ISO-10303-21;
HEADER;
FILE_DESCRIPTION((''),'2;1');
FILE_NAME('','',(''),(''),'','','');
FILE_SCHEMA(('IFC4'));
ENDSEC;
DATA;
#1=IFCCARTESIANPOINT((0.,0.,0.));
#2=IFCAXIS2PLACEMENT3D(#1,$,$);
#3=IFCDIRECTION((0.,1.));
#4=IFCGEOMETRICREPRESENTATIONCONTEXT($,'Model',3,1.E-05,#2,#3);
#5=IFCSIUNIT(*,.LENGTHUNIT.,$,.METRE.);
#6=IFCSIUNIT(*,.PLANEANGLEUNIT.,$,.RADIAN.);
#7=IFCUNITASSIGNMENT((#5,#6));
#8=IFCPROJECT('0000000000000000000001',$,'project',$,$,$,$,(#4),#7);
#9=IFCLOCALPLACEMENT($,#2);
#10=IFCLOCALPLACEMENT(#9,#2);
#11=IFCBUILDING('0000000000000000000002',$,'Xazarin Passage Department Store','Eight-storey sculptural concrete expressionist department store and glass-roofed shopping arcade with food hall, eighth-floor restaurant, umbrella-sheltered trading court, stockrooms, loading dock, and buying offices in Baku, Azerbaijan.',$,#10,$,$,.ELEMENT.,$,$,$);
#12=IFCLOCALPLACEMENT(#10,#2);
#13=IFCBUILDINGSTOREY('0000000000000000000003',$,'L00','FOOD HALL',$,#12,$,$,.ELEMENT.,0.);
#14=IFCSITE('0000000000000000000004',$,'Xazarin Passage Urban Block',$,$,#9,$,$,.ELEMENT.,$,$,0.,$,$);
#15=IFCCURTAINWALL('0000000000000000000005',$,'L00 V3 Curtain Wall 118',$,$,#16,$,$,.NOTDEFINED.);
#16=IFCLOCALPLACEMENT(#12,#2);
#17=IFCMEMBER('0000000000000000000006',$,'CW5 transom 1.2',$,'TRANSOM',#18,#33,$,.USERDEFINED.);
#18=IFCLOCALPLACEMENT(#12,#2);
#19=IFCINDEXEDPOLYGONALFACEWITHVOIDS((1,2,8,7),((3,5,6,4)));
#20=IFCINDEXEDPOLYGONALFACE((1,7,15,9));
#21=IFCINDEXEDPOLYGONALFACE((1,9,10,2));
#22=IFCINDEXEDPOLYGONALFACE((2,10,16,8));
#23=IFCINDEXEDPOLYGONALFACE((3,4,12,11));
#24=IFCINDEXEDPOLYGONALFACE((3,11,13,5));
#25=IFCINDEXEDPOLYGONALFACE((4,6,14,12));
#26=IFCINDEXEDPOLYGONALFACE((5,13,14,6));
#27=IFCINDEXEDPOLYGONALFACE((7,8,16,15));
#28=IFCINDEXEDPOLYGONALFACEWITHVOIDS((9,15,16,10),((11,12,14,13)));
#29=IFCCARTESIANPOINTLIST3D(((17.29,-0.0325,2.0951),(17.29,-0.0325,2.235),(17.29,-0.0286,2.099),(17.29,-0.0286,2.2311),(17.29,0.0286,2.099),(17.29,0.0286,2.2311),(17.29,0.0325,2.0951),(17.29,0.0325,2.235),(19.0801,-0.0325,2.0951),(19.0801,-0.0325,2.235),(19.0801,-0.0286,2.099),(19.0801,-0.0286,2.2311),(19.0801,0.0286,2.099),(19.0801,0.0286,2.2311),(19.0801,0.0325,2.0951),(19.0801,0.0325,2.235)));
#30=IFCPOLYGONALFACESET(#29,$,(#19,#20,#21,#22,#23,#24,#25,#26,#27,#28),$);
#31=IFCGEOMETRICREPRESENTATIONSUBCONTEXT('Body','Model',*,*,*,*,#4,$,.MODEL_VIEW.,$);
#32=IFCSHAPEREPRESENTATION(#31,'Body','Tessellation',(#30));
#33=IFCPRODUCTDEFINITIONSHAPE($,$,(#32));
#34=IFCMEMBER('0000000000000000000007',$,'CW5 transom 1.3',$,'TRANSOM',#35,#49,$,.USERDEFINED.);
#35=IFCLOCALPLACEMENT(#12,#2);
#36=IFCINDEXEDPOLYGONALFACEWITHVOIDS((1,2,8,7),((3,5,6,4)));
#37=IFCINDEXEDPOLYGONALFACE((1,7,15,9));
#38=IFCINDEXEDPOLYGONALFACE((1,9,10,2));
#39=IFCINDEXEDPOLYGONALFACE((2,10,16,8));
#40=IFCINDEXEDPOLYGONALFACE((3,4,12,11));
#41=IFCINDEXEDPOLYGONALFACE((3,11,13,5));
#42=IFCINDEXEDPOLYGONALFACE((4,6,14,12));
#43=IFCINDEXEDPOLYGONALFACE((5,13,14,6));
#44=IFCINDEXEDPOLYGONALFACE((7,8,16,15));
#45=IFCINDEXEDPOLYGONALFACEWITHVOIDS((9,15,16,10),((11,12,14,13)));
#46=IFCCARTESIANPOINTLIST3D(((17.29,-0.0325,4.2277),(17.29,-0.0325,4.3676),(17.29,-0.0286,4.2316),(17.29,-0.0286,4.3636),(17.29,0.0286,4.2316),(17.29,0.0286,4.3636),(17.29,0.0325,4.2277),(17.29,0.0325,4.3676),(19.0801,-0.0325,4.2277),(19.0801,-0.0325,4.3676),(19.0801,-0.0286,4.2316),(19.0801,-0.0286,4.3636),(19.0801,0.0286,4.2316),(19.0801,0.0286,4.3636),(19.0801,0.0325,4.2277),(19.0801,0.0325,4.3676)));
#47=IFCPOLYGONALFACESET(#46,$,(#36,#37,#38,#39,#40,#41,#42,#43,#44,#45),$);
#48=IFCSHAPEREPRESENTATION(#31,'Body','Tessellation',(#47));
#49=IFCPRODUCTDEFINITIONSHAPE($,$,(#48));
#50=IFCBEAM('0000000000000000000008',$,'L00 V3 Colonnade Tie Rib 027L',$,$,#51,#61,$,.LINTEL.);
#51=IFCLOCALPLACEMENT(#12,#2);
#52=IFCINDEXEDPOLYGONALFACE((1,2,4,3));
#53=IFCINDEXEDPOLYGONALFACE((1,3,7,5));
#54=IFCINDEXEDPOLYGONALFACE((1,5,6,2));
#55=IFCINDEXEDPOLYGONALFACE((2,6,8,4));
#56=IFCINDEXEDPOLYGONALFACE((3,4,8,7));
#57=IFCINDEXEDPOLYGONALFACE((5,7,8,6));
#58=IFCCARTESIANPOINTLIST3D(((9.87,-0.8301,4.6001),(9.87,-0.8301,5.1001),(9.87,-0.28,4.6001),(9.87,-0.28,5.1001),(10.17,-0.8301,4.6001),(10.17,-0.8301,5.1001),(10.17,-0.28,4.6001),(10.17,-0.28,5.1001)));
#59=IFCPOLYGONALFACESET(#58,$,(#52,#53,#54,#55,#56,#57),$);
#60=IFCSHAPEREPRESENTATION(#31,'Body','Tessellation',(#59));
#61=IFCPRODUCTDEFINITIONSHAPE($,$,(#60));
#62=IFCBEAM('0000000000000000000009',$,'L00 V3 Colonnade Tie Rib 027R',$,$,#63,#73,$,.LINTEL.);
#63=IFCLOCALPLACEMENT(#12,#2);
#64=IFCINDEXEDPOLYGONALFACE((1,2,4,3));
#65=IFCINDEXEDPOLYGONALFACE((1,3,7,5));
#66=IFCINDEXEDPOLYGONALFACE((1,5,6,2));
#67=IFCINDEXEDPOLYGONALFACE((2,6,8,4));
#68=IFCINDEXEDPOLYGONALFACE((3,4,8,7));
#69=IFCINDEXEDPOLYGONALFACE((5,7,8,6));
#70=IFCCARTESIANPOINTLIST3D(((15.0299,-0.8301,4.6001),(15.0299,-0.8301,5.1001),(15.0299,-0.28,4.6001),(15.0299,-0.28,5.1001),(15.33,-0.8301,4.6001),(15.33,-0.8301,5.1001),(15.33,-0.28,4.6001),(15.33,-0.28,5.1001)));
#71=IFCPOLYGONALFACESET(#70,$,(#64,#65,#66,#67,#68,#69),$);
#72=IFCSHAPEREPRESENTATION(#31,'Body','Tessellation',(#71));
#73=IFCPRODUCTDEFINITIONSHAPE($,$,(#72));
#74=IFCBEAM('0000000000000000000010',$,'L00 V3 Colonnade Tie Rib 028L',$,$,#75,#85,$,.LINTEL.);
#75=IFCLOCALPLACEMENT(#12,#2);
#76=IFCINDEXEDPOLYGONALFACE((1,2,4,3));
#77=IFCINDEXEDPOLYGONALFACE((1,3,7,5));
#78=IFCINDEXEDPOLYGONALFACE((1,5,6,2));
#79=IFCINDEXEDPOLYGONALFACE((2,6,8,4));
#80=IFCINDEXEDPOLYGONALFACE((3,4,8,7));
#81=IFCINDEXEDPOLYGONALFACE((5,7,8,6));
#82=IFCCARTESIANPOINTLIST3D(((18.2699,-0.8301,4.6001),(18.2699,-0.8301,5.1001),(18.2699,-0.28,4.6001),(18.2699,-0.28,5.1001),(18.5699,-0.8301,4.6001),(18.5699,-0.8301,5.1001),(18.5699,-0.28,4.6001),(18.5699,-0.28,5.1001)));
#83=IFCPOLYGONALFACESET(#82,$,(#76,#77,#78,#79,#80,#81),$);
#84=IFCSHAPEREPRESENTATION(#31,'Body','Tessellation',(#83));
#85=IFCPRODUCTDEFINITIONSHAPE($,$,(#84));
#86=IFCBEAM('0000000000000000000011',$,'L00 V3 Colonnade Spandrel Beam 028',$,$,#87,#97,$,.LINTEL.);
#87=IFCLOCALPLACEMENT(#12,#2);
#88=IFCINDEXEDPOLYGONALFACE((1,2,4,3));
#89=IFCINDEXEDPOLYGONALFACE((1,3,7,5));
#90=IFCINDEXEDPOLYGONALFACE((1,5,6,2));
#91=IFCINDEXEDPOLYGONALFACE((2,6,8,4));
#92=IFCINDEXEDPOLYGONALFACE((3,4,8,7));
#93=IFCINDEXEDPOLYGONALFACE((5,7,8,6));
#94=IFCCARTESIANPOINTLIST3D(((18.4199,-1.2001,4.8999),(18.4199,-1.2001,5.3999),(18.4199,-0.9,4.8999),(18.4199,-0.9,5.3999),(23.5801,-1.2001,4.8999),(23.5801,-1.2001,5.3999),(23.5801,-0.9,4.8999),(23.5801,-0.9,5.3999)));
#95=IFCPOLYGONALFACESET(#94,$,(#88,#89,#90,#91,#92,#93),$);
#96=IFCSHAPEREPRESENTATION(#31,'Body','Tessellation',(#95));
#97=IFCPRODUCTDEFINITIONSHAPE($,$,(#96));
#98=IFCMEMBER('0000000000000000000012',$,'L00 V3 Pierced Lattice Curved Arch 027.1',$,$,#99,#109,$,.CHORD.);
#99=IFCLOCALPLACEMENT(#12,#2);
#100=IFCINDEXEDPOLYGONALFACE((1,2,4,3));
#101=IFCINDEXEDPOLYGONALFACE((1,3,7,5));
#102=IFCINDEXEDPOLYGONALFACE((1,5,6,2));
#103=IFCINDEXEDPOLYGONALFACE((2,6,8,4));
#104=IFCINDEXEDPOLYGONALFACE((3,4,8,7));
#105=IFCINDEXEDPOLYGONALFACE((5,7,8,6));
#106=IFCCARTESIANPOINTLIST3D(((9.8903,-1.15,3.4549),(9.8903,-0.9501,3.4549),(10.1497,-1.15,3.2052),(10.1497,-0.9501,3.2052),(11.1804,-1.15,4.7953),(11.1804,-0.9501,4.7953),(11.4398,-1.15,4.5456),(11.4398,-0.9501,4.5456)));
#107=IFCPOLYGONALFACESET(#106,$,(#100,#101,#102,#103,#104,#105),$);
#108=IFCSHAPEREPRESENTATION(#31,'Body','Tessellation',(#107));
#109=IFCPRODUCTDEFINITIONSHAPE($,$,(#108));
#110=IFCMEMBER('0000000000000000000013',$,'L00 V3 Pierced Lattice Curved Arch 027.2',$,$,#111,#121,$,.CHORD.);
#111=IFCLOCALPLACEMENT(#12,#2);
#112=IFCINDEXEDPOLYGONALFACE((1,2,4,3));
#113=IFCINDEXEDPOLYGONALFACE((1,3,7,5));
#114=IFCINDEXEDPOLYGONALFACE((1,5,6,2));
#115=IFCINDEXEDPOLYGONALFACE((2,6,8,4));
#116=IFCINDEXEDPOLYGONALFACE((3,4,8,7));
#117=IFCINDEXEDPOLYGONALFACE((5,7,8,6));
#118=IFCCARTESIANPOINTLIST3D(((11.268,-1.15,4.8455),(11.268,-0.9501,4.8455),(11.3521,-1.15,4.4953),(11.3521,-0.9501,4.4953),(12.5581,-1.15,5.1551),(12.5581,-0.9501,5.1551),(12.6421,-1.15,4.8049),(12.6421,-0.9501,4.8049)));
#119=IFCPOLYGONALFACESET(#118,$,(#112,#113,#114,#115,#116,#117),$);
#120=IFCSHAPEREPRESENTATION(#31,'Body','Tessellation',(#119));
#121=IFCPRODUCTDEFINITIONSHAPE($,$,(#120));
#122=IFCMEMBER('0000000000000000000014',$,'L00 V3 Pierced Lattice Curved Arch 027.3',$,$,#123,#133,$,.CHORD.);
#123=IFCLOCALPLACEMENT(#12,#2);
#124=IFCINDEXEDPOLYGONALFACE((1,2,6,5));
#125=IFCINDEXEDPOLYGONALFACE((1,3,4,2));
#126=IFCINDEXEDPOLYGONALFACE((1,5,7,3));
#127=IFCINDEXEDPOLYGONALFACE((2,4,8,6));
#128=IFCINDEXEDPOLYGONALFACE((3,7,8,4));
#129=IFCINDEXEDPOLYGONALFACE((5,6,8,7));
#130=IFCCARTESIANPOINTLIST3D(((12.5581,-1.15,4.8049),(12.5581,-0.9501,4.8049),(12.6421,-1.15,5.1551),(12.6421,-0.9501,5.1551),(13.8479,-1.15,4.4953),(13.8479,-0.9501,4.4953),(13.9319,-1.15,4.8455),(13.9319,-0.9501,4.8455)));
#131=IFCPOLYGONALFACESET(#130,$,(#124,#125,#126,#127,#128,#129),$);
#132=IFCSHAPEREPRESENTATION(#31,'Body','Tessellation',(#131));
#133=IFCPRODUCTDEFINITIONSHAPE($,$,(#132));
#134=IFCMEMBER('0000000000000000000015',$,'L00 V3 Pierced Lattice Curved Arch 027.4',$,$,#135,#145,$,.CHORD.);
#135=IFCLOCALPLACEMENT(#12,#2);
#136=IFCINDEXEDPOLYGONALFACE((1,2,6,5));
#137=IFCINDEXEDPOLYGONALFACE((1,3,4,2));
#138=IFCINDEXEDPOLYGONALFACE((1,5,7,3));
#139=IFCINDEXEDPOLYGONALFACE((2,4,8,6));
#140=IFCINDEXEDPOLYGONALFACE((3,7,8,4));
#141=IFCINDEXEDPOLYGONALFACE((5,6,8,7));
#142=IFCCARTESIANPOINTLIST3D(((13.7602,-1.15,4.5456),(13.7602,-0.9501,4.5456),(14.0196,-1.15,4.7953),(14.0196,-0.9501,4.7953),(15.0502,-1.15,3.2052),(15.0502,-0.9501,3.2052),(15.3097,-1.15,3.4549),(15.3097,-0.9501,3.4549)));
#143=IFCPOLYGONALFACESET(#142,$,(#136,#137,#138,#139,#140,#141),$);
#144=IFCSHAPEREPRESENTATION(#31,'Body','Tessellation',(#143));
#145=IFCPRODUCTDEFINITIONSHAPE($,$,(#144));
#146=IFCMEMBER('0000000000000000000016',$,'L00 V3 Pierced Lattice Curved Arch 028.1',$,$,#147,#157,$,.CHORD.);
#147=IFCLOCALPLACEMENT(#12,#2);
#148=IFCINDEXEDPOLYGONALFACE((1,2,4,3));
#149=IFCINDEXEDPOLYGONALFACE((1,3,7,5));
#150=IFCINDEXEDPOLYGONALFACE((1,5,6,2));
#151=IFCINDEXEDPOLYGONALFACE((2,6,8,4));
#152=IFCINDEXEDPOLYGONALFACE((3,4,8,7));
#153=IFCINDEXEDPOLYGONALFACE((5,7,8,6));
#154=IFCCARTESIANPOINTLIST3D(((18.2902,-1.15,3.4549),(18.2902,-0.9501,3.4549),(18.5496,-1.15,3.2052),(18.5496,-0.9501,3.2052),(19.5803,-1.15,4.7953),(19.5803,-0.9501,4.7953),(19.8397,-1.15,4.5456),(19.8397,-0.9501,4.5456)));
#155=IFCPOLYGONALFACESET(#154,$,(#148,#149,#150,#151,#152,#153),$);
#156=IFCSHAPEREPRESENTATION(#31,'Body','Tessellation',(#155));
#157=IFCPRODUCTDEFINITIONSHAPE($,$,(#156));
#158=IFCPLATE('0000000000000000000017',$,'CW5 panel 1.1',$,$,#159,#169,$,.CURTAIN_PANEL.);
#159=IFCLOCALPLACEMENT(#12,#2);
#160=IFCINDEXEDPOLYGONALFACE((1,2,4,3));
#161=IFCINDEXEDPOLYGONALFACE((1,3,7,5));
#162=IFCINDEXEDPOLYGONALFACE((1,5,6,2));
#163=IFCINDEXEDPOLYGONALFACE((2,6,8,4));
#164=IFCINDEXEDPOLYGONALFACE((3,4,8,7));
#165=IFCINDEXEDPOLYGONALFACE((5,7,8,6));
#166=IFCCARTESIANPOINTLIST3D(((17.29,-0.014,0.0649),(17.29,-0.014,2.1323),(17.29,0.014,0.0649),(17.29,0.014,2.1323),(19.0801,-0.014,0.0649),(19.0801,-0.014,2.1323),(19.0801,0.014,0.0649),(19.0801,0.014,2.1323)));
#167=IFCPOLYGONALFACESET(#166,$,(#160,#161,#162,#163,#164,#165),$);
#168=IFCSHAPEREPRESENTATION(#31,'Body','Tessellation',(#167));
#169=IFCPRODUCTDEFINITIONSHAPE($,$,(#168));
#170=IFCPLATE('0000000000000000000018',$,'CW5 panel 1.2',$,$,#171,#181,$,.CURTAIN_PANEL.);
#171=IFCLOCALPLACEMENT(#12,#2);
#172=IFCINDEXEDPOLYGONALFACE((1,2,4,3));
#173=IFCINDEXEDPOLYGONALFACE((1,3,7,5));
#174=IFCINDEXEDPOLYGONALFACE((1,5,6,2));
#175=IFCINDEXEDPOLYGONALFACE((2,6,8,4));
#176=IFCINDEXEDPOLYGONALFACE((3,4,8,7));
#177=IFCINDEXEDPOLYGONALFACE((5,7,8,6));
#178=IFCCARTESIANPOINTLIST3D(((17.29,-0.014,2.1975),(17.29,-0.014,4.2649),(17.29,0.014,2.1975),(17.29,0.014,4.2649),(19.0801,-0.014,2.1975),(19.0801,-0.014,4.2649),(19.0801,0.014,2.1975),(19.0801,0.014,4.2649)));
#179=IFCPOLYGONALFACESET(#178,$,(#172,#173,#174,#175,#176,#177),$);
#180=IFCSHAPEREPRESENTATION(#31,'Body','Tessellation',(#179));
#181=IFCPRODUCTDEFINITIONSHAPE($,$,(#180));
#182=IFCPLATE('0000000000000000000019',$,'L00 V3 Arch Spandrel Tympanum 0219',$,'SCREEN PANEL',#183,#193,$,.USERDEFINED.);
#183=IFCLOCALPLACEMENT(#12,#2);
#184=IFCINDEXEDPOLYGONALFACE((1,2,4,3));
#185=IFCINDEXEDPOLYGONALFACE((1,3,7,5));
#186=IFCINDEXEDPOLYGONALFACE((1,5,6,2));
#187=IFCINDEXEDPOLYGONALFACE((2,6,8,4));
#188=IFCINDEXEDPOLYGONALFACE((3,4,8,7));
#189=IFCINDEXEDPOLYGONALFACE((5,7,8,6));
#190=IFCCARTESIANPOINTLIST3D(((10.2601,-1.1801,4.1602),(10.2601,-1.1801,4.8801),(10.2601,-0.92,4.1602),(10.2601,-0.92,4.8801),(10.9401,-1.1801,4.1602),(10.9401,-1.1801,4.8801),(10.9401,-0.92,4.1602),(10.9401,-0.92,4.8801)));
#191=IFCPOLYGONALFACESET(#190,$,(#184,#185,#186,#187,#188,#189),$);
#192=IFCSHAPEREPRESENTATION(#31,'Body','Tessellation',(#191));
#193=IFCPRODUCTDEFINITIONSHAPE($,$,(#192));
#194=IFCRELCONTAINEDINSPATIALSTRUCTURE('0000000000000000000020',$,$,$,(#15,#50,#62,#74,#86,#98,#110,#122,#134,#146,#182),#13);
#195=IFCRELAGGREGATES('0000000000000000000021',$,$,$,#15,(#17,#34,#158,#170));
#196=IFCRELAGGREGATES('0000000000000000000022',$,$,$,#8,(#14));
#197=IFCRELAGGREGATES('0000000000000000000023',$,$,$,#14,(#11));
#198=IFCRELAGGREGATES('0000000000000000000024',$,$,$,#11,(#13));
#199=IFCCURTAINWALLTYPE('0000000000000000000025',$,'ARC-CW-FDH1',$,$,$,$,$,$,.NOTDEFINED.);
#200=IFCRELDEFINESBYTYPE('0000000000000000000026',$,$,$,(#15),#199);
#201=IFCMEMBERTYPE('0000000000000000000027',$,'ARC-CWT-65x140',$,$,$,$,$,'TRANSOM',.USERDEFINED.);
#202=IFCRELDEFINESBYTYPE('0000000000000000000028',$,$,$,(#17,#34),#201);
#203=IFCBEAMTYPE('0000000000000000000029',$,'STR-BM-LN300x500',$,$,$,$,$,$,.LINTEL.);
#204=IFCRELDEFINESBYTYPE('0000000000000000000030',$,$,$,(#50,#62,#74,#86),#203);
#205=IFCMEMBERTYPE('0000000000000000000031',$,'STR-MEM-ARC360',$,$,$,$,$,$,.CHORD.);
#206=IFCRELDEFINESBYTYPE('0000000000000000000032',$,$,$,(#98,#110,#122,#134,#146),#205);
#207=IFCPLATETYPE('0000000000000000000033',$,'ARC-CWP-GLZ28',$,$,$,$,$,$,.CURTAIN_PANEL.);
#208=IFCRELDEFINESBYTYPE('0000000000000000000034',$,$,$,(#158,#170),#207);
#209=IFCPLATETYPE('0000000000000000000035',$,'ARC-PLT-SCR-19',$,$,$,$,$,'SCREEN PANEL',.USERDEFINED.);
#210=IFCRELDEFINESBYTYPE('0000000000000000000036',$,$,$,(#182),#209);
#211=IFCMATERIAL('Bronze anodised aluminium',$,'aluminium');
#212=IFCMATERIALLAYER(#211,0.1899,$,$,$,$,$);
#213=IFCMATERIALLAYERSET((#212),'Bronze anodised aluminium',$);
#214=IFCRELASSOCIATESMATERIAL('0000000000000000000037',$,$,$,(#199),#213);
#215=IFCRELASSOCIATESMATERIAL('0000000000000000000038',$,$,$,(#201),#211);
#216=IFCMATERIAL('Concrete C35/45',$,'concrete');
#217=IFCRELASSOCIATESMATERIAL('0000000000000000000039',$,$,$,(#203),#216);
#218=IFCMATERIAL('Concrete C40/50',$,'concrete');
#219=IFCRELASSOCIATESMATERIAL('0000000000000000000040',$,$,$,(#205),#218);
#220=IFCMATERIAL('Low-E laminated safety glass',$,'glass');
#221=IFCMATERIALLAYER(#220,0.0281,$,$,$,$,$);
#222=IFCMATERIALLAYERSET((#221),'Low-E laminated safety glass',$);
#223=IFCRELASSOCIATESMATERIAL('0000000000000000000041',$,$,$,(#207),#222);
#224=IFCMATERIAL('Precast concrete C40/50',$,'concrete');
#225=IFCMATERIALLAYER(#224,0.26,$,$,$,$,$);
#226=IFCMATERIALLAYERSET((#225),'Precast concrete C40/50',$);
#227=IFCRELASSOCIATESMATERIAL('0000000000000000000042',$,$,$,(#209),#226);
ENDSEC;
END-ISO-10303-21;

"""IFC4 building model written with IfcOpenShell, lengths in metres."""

from ifc_helpers import new_model, si_unit, direction, frame, origin, origin_2d, place, context, subcontext, project, spatial, rectangle, hollow_rectangle, extrude, material, layer, layer_set, material_profile, profile_set, type_object, element, aggregate, save


model = new_model("IFC4")

# Units and contexts
model_context = context("Model", 3, precision=1e-05, world=origin(), true_north=direction((0.0, 1.0)))
body_context = subcontext(model_context, "Body", "Model", "MODEL_VIEW")
ifc_project = project(units=[si_unit("LENGTHUNIT", "METRE"), si_unit("PLANEANGLEUNIT", "RADIAN")], contexts=[model_context])

# Site, building, storey
site_placement = place(None, origin())
site = spatial("IfcSite", under=ifc_project, at=site_placement, Name="Xazarin Passage Urban Block", CompositionType="ELEMENT", RefElevation=0.0)
building_placement = place(site_placement, origin())
building = spatial("IfcBuilding", under=site, at=building_placement, Name="Xazarin Passage Department Store", Description="Eight-storey sculptural concrete expressionist department store and glass-roofed shopping arcade with food hall, eighth-floor restaurant, umbrella-sheltered trading court, stockrooms, loading dock, and buying offices in Baku, Azerbaijan.", CompositionType="ELEMENT")
storey_placement = place(building_placement, origin())
storey = spatial("IfcBuildingStorey", under=building, at=storey_placement, Name="L00", Description="FOOD HALL", CompositionType="ELEMENT", Elevation=0.0)

# Shared definitions
ifc_material_1 = material(Name="Concrete C35/45", Category="concrete")

# Shared definitions
ifc_material_2 = material(Name="Concrete C40/50", Category="concrete")

# Curtain wall, members
ifc_material_3 = material(Name="Bronze anodised aluminium", Category="aluminium")
ifc_layer_1 = layer(ifc_material_3, 0.1899)
ifc_layer_set_1 = layer_set([ifc_layer_1], Name="Bronze anodised aluminium")
curtain_wall_type = type_object("IfcCurtainWallType", Name="ARC-CW-FDH1", PredefinedType="NOTDEFINED", material=ifc_layer_set_1)
curtain_wall_placement = place(storey_placement, origin())
curtain_wall = element("IfcCurtainWall", 1, at=curtain_wall_placement, inside=storey, type_object=curtain_wall_type, Name="L00 V3 Curtain Wall 118", PredefinedType="NOTDEFINED")
ifc_material_profile_1 = material_profile(ifc_material_3, hollow_rectangle(XDim=0.0649, YDim=0.1399, WallThickness=0.0039, at=origin_2d()), Name="ALU 65x140")
ifc_profile_set_1 = profile_set([ifc_material_profile_1], Name="Bronze anodised aluminium")
member_type_1 = type_object("IfcMemberType", Name="ARC-CWT-65x140", ElementType="TRANSOM", PredefinedType="USERDEFINED", material=ifc_profile_set_1)
member_1_placement = place(storey_placement, frame((17.29, 0.0, 2.165), z_axis=(1.0, 0.0, 0.0), x_axis=(0.0, 1.0, 0.0)))
member_1 = element("IfcMember", 2, at=member_1_placement, type_object=member_type_1, Name="CW5 transom 1.2", ObjectType="TRANSOM", PredefinedType="USERDEFINED", context=body_context, shape_type="SweptSolid", body=[
    extrude(hollow_rectangle(XDim=0.0649, YDim=0.1399, WallThickness=0.0039, at=origin_2d()), origin(), (0.0, 0.0, 1.0), 1.79),
])
member_2_placement = place(storey_placement, frame((17.29, 0.0, 4.2976), z_axis=(1.0, 0.0, 0.0), x_axis=(0.0, 1.0, 0.0)))
member_2 = element("IfcMember", 3, at=member_2_placement, type_object=member_type_1, Name="CW5 transom 1.3", ObjectType="TRANSOM", PredefinedType="USERDEFINED", context=body_context, shape_type="SweptSolid", body=[
    extrude(hollow_rectangle(XDim=0.0649, YDim=0.1399, WallThickness=0.0039, at=origin_2d()), origin(), (0.0, 0.0, 1.0), 1.79),
])

# Beams
ifc_material_profile_2 = material_profile(ifc_material_1, rectangle(XDim=0.3, YDim=0.5, at=origin_2d()), Name="RC 300x500")
ifc_profile_set_2 = profile_set([ifc_material_profile_2], Name="Concrete C35/45")
beam_type = type_object("IfcBeamType", Name="STR-BM-LN300x500", PredefinedType="LINTEL", material=ifc_profile_set_2)
for number, where, z_axis, x_axis, name in (
    (4, (10.02, -0.28, 4.8501), (0.0, -1.0, 0.0), (1.0, 0.0, 0.0), "L00 V3 Colonnade Tie Rib 027L"),
    (5, (15.1799, -0.28, 4.8501), (0.0, -1.0, 0.0), (1.0, 0.0, 0.0), "L00 V3 Colonnade Tie Rib 027R"),
    (6, (18.4199, -0.28, 4.8501), (0.0, -1.0, 0.0), (1.0, 0.0, 0.0), "L00 V3 Colonnade Tie Rib 028L"),
):
    element("IfcBeam", number, at=place(storey_placement, frame(where, z_axis=z_axis, x_axis=x_axis)), inside=storey, type_object=beam_type, Name=name, PredefinedType="LINTEL", context=body_context, shape_type="SweptSolid", body=[
        extrude(rectangle(XDim=0.3, YDim=0.5, at=origin_2d()), origin(), (0.0, 0.0, 1.0), 0.55),
    ])
beam_placement = place(storey_placement, frame((18.4199, -1.05, 5.1499), z_axis=(1.0, 0.0, 0.0), x_axis=(0.0, 1.0, 0.0)))
element("IfcBeam", 7, at=beam_placement, inside=storey, type_object=beam_type, Name="L00 V3 Colonnade Spandrel Beam 028", PredefinedType="LINTEL", context=body_context, shape_type="SweptSolid", body=[
    extrude(rectangle(XDim=0.3, YDim=0.5, at=origin_2d()), origin(), (0.0, 0.0, 1.0), 5.1602),
])

# Members
ifc_material_profile_3 = material_profile(ifc_material_2, rectangle(XDim=0.2, YDim=0.3601, at=origin_2d()), Name="RC 200x360")
ifc_profile_set_3 = profile_set([ifc_material_profile_3], Name="Concrete C40/50")
member_type_2 = type_object("IfcMemberType", Name="STR-MEM-ARC360", PredefinedType="CHORD", material=ifc_profile_set_3)
member_3_placement = place(storey_placement, frame((10.02, -1.05, 3.3301), z_axis=(0.69346, 0.0, 0.720495), x_axis=(0.0, 1.0, 0.0)))
element("IfcMember", 8, at=member_3_placement, inside=storey, type_object=member_type_2, Name="L00 V3 Pierced Lattice Curved Arch 027.1", PredefinedType="CHORD", context=body_context, shape_type="SweptSolid", body=[
    extrude(rectangle(XDim=0.2, YDim=0.3601, at=origin_2d()), origin(), (0.0, 0.0, 1.0), 1.8604),
])
member_4_placement = place(storey_placement, frame((11.3101, -1.05, 4.6704), z_axis=(0.972394, 0.0, 0.233345), x_axis=(0.0, 1.0, 0.0)))
element("IfcMember", 9, at=member_4_placement, inside=storey, type_object=member_type_2, Name="L00 V3 Pierced Lattice Curved Arch 027.2", PredefinedType="CHORD", context=body_context, shape_type="SweptSolid", body=[
    extrude(rectangle(XDim=0.2, YDim=0.3601, at=origin_2d()), origin(), (0.0, 0.0, 1.0), 1.3267),
])
member_5_placement = place(storey_placement, frame((12.6001, -1.05, 4.98), z_axis=(0.972384, 0.0, -0.233387), x_axis=(0.0, 1.0, 0.0)))
element("IfcMember", 10, at=member_5_placement, inside=storey, type_object=member_type_2, Name="L00 V3 Pierced Lattice Curved Arch 027.3", PredefinedType="CHORD", context=body_context, shape_type="SweptSolid", body=[
    extrude(rectangle(XDim=0.2, YDim=0.3601, at=origin_2d()), origin(), (0.0, 0.0, 1.0), 1.3264),
])
for number, where, z_axis, x_axis, name in (
    (11, (13.8899, -1.05, 4.6704), (0.69346, 0.0, -0.720495), (0.0, 1.0, 0.0), "L00 V3 Pierced Lattice Curved Arch 027.4"),
    (12, (18.4199, -1.05, 3.3301), (0.69346, 0.0, 0.720495), (0.0, 1.0, 0.0), "L00 V3 Pierced Lattice Curved Arch 028.1"),
):
    element("IfcMember", number, at=place(storey_placement, frame(where, z_axis=z_axis, x_axis=x_axis)), inside=storey, type_object=member_type_2, Name=name, PredefinedType="CHORD", context=body_context, shape_type="SweptSolid", body=[
        extrude(rectangle(XDim=0.2, YDim=0.3601, at=origin_2d()), origin(), (0.0, 0.0, 1.0), 1.8604),
    ])

# Plates
ifc_material_4 = material(Name="Low-E laminated safety glass", Category="glass")
ifc_layer_2 = layer(ifc_material_4, 0.0281)
ifc_layer_set_2 = layer_set([ifc_layer_2], Name="Low-E laminated safety glass")
plate_type_1 = type_object("IfcPlateType", Name="ARC-CWP-GLZ28", PredefinedType="CURTAIN_PANEL", material=ifc_layer_set_2)
plate_1_placement = place(storey_placement, frame((18.1851, 0.0, 0.0649), z_axis=(0.0, 0.0, 1.0), x_axis=(1.0, 0.0, 0.0)))
plate_1 = element("IfcPlate", 13, at=plate_1_placement, type_object=plate_type_1, Name="CW5 panel 1.1", PredefinedType="CURTAIN_PANEL", context=body_context, shape_type="SweptSolid", body=[
    extrude(rectangle(XDim=1.79, YDim=0.0281, at=origin_2d()), origin(), (0.0, 0.0, 1.0), 2.0674),
])
plate_2_placement = place(storey_placement, frame((18.1851, 0.0, 2.1975), z_axis=(0.0, 0.0, 1.0), x_axis=(1.0, 0.0, 0.0)))
plate_2 = element("IfcPlate", 14, at=plate_2_placement, type_object=plate_type_1, Name="CW5 panel 1.2", PredefinedType="CURTAIN_PANEL", context=body_context, shape_type="SweptSolid", body=[
    extrude(rectangle(XDim=1.79, YDim=0.0281, at=origin_2d()), origin(), (0.0, 0.0, 1.0), 2.0674),
])
aggregate(curtain_wall, [member_1, member_2, plate_1, plate_2])

# Plate
ifc_material_5 = material(Name="Precast concrete C40/50", Category="concrete")
ifc_layer_3 = layer(ifc_material_5, 0.26)
ifc_layer_set_3 = layer_set([ifc_layer_3], Name="Precast concrete C40/50")
plate_type_2 = type_object("IfcPlateType", Name="ARC-PLT-SCR-19", ElementType="SCREEN PANEL", PredefinedType="USERDEFINED", material=ifc_layer_set_3)
for number, where, z_axis, x_axis, name in (
    (15, (10.6001, -1.05, 4.1602), (0.0, 0.0, 1.0), (1.0, 0.0, 0.0), "L00 V3 Arch Spandrel Tympanum 0219"),
):
    element("IfcPlate", number, at=place(storey_placement, frame(where, z_axis=z_axis, x_axis=x_axis)), inside=storey, type_object=plate_type_2, Name=name, ObjectType="SCREEN PANEL", PredefinedType="USERDEFINED", context=body_context, shape_type="SweptSolid", body=[
        extrude(rectangle(XDim=0.6799, YDim=0.26, at=origin_2d()), origin(), (0.0, 0.0, 1.0), 0.72),
    ])

save(model, "model.ifc")
